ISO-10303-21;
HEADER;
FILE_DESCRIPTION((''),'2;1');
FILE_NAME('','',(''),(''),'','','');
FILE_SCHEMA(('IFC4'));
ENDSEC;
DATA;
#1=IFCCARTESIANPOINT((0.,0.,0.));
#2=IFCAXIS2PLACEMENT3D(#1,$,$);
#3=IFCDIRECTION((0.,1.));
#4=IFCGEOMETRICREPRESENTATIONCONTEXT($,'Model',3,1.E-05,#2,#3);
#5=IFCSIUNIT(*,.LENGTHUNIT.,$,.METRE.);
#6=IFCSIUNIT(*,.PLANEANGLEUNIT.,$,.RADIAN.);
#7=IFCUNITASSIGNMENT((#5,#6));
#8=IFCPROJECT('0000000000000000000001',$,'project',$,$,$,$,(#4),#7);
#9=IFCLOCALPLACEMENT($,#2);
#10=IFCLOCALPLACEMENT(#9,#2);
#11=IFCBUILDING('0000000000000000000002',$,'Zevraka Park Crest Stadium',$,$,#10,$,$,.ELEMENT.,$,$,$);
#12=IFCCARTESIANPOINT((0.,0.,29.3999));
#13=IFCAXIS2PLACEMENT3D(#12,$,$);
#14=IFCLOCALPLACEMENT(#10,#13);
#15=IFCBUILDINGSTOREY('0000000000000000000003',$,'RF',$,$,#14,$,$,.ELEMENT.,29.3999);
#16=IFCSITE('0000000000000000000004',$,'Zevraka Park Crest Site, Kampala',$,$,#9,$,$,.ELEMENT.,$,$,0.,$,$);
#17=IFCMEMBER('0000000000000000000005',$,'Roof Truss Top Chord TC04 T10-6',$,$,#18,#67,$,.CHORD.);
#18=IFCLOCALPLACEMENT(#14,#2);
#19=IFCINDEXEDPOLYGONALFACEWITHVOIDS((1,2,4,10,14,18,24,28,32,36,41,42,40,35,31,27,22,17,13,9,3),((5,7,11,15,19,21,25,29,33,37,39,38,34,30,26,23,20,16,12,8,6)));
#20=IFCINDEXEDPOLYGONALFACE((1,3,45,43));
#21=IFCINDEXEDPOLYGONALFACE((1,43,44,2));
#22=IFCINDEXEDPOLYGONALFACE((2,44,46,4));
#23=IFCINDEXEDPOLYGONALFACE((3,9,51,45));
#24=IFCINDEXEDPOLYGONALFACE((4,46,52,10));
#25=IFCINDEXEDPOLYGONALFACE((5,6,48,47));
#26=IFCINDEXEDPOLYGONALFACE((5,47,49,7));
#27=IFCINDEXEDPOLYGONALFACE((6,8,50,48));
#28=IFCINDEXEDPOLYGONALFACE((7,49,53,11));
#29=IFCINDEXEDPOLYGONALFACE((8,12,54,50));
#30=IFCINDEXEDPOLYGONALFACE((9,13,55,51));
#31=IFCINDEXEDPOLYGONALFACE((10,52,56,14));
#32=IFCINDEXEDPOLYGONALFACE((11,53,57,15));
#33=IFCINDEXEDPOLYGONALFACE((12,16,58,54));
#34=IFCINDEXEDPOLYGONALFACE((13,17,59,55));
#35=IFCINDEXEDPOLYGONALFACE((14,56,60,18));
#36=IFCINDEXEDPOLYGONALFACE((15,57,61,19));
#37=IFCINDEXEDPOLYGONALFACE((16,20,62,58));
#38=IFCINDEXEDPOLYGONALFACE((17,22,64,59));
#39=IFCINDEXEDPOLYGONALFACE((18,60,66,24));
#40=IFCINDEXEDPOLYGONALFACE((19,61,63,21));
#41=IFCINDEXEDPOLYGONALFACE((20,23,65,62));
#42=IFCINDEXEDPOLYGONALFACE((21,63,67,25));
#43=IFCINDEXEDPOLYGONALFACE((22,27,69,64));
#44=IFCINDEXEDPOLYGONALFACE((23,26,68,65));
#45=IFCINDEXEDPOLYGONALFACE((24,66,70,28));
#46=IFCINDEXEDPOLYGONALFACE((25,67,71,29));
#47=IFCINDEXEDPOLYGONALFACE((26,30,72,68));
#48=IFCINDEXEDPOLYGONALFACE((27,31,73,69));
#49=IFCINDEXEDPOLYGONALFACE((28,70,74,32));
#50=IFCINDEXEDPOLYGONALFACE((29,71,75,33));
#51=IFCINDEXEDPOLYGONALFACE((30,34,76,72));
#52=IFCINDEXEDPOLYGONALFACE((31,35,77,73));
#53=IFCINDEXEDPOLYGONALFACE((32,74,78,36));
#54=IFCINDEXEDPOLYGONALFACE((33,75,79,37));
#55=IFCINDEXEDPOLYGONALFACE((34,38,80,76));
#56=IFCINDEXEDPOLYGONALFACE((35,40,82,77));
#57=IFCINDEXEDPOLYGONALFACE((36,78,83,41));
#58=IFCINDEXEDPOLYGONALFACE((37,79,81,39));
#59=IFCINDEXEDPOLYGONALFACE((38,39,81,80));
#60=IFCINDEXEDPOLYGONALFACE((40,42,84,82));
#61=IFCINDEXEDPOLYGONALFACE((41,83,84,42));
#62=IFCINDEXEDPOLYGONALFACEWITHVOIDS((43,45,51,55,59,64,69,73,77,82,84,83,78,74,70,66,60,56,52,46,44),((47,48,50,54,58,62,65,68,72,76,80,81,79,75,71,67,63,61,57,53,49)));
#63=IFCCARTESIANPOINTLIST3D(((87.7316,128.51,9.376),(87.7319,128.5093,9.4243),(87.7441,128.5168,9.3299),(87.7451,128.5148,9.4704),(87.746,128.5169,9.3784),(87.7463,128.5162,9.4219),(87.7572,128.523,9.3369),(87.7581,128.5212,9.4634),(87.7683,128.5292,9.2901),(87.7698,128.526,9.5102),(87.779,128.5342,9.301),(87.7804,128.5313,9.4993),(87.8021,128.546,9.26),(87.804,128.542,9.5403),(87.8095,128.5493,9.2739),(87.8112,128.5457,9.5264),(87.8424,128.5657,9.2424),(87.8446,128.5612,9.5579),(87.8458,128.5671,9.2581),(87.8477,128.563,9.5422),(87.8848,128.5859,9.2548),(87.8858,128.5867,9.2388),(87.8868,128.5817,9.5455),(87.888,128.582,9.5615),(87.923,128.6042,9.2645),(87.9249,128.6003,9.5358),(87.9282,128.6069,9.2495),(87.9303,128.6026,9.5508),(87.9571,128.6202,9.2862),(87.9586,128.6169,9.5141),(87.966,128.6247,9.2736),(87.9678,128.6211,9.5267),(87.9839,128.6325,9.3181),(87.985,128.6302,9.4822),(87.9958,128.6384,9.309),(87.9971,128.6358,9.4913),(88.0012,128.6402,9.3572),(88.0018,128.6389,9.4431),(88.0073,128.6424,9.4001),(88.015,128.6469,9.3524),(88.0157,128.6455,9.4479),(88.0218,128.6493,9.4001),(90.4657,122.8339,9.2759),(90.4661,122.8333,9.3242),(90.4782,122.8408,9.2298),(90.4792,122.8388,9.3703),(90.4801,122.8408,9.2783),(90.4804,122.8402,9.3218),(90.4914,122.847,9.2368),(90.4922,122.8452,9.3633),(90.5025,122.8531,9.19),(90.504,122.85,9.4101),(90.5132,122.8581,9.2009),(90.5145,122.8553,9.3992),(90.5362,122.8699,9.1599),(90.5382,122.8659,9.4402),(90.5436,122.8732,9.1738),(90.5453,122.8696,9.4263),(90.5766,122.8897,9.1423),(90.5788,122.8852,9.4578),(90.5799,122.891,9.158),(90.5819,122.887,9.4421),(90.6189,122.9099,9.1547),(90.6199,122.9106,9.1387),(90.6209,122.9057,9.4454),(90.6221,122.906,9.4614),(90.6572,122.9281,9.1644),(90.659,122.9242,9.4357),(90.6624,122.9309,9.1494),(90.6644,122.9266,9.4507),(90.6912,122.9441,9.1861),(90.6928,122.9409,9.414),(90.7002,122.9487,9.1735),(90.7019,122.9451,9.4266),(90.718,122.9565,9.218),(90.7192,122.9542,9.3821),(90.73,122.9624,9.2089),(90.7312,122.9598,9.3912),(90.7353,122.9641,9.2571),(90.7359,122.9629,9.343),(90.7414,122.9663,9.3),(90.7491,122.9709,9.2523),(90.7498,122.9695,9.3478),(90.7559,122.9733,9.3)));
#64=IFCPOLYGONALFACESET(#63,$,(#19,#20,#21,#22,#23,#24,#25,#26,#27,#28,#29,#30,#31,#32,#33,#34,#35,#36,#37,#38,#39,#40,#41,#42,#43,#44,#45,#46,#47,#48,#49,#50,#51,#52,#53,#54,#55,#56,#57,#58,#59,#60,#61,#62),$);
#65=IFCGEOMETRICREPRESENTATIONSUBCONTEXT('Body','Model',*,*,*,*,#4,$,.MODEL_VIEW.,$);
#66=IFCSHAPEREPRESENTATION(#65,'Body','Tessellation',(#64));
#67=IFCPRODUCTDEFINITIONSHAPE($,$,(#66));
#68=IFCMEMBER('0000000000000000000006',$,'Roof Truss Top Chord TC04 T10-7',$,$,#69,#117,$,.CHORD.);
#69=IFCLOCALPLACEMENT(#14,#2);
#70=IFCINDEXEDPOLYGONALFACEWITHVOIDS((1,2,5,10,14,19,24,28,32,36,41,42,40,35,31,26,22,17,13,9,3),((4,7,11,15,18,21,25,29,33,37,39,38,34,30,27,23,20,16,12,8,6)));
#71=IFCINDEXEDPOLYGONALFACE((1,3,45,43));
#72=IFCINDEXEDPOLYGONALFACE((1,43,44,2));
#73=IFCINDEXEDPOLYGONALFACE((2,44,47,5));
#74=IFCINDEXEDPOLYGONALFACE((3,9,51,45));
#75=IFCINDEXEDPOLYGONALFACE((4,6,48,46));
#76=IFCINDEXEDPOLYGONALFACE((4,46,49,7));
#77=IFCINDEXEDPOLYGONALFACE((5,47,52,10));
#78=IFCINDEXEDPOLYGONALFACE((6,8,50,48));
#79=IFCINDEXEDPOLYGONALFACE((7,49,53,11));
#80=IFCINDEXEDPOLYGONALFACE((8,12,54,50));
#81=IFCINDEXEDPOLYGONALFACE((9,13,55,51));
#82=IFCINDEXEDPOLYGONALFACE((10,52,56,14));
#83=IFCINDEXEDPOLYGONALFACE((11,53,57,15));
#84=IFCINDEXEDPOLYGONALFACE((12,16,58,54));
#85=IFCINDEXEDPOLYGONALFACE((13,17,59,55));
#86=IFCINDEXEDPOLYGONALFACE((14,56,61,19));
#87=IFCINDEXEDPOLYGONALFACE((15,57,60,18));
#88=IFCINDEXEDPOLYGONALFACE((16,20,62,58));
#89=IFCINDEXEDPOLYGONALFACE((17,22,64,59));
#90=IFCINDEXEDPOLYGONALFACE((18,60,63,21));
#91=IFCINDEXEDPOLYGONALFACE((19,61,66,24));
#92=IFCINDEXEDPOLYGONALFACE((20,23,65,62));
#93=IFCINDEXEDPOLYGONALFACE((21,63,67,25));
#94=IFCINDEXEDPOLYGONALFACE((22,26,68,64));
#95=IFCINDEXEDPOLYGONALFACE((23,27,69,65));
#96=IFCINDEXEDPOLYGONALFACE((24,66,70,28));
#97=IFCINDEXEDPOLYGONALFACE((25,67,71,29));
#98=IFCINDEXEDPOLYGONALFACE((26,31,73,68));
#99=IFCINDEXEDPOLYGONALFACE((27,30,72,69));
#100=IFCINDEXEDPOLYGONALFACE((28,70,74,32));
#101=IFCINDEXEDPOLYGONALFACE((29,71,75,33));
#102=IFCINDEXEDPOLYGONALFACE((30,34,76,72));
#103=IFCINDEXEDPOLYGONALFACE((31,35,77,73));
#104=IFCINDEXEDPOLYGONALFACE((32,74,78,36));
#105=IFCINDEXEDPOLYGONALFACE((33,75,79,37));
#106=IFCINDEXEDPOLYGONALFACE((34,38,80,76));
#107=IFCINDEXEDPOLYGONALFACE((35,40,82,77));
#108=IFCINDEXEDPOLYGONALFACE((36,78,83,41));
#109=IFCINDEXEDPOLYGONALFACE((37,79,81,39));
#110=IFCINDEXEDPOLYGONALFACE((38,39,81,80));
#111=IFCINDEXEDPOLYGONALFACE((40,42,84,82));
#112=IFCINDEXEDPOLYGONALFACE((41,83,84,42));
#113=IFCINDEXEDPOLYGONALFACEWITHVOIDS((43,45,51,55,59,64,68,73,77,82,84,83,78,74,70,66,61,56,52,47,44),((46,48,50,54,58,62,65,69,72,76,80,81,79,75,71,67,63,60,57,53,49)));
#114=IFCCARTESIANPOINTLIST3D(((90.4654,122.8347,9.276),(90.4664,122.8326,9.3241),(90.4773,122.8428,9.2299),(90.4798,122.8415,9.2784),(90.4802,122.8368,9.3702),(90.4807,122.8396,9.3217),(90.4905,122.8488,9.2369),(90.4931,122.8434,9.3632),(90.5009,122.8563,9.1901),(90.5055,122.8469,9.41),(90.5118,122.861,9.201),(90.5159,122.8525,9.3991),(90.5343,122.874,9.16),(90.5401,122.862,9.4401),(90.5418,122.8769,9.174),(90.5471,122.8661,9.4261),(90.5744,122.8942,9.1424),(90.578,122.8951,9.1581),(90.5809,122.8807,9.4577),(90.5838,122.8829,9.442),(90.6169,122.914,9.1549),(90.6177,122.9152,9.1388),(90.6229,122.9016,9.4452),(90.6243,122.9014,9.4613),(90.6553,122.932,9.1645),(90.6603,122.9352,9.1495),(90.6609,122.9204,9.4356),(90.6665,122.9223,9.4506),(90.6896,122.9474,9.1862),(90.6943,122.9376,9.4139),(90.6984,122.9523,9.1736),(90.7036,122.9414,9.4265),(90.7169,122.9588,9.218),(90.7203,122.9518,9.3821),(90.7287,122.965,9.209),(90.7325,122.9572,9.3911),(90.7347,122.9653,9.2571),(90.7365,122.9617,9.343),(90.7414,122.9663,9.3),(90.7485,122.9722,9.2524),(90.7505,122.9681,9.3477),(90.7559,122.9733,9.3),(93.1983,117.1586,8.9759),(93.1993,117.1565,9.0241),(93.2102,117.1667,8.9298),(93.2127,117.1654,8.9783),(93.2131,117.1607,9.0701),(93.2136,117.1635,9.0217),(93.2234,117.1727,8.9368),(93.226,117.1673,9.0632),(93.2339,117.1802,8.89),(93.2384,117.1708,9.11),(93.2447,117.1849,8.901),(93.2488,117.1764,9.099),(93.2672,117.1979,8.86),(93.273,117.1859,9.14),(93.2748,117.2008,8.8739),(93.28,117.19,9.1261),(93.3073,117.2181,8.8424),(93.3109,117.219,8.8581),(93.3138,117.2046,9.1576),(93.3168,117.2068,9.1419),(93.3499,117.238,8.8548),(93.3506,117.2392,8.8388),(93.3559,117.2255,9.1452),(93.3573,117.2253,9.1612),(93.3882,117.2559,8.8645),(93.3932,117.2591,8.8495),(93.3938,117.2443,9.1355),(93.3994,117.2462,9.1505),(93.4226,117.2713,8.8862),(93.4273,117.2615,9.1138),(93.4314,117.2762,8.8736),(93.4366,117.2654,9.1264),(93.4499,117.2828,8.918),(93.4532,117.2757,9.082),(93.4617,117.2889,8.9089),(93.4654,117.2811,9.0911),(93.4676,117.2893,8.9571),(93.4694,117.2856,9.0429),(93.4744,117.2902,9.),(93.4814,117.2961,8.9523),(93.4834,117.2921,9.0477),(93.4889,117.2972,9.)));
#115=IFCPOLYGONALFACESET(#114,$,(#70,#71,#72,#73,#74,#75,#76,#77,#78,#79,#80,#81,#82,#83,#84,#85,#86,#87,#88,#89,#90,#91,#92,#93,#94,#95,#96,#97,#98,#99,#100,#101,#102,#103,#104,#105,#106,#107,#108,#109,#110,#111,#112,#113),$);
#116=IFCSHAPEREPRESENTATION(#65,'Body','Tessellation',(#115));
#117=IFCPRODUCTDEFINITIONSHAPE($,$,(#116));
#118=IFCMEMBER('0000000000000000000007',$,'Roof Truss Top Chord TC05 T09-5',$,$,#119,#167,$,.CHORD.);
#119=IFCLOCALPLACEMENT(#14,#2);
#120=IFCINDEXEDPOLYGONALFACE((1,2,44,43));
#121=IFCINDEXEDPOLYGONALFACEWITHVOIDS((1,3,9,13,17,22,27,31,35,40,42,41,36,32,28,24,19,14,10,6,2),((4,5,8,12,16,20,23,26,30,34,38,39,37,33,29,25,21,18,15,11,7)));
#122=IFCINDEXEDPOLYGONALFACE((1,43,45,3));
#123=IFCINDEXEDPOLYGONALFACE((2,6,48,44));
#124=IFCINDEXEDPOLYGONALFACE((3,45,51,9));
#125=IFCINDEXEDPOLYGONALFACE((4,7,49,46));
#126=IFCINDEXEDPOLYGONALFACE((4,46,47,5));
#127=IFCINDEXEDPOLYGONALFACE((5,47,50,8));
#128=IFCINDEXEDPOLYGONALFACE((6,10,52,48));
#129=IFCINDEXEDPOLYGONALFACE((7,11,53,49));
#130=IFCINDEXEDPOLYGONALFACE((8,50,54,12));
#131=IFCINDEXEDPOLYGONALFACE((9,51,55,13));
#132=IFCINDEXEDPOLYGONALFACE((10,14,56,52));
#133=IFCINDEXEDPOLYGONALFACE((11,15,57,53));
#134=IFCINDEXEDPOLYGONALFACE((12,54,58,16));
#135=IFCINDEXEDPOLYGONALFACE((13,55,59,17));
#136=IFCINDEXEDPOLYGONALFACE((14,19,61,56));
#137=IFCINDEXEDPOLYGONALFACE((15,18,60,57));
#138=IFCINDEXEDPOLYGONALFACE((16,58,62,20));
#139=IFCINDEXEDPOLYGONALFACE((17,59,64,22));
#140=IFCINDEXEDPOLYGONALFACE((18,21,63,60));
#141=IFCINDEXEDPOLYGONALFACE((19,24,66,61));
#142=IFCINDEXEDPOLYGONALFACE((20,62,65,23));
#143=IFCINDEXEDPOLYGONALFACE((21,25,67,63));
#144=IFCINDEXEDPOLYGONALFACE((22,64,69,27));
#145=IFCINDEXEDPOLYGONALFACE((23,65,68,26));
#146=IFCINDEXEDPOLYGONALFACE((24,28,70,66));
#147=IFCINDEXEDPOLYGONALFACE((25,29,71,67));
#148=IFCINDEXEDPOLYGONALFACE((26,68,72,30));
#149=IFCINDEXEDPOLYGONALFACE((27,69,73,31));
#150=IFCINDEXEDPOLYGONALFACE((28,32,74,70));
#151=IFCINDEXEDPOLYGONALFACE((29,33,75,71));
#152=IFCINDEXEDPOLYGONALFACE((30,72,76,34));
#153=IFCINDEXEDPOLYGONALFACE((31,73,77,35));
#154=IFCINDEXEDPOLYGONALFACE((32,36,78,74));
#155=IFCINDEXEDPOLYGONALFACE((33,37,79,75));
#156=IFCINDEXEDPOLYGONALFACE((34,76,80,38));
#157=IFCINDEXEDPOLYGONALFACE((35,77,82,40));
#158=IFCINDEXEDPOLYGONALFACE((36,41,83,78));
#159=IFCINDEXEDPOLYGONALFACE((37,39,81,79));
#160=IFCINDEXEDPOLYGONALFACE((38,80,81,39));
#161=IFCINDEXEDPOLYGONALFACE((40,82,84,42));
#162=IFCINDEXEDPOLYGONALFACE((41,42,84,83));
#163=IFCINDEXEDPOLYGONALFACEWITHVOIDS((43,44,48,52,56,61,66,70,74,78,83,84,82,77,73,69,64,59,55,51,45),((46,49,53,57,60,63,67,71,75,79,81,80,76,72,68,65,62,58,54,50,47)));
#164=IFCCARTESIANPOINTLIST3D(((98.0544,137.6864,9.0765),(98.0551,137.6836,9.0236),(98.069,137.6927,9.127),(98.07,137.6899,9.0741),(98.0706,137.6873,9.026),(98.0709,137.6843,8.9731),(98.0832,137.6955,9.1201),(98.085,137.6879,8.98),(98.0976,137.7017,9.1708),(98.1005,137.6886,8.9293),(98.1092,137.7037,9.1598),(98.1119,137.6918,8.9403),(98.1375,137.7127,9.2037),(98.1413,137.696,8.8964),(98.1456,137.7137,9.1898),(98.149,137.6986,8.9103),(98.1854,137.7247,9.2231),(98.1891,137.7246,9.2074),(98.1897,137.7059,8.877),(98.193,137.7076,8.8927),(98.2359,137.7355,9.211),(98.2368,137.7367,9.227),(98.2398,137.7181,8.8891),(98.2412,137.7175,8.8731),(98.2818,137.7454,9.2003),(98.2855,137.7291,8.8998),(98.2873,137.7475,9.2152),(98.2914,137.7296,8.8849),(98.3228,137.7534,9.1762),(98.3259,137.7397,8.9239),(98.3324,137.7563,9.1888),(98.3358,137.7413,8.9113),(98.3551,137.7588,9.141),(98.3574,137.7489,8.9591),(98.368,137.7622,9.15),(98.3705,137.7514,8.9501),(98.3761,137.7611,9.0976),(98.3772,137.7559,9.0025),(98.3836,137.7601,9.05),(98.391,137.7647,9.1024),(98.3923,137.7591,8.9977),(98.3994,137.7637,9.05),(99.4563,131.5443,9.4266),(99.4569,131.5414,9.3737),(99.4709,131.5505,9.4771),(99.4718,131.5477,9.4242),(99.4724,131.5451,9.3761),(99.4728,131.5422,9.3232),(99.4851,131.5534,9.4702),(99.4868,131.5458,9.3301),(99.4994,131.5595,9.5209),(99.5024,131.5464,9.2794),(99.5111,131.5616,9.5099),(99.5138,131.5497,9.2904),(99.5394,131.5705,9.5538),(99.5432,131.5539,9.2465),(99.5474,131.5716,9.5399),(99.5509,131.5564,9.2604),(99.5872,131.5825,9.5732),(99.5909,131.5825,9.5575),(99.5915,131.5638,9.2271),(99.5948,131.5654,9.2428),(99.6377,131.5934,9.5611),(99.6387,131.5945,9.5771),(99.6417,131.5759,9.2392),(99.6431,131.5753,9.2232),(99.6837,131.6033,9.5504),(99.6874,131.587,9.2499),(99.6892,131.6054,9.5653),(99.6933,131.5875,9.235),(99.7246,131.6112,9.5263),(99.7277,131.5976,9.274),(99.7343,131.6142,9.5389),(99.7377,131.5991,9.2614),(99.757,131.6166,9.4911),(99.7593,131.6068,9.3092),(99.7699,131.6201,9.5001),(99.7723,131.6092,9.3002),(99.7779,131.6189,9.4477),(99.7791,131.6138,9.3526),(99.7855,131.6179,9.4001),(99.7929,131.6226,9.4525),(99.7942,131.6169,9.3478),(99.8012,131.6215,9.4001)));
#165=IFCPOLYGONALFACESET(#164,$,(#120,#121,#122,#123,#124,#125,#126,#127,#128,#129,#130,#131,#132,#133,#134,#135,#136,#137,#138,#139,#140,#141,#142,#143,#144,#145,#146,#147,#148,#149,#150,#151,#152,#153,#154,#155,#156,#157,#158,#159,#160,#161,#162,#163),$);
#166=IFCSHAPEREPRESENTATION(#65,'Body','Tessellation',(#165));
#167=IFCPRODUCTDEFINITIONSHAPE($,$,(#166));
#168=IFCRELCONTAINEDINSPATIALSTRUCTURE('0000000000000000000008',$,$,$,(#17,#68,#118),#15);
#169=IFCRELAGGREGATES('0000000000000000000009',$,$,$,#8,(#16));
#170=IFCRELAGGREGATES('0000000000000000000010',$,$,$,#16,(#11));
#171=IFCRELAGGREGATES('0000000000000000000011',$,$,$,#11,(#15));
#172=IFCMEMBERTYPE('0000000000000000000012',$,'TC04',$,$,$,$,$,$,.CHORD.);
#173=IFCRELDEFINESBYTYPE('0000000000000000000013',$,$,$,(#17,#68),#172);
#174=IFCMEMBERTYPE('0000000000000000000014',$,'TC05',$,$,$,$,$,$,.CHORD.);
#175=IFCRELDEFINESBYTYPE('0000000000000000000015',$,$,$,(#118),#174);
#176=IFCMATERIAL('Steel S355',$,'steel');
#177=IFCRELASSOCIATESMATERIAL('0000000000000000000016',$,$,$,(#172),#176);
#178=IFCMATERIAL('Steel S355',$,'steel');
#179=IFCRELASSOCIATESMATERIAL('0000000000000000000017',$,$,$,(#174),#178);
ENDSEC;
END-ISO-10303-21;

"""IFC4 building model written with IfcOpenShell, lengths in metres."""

from ifc_helpers import new_model, si_unit, direction, frame, origin, origin_2d, place, context, subcontext, project, spatial, hollow_circle, extrude, material, material_profile, profile_set, type_object, element, save


model = new_model("IFC4")

# Units and contexts
model_context = context("Model", 3, precision=1e-05, world=origin(), true_north=direction((0.0, 1.0)))
body_context = subcontext(model_context, "Body", "Model", "MODEL_VIEW")
ifc_project = project(units=[si_unit("LENGTHUNIT", "METRE"), si_unit("PLANEANGLEUNIT", "RADIAN")], contexts=[model_context])

# Site, building, storey
site_placement = place(None, origin())
site = spatial("IfcSite", under=ifc_project, at=site_placement, Name="Zevraka Park Crest Site, Kampala", CompositionType="ELEMENT", RefElevation=0.0)
building_placement = place(site_placement, origin())
building = spatial("IfcBuilding", under=site, at=building_placement, Name="Zevraka Park Crest Stadium", CompositionType="ELEMENT")
storey_placement = place(building_placement, frame((0.0, 0.0, 29.3999)))
storey = spatial("IfcBuildingStorey", under=building, at=storey_placement, Name="RF", CompositionType="ELEMENT", Elevation=29.3999)

# Members
ifc_material_1 = material(Name="Steel S355", Category="steel")
ifc_material_profile_1 = material_profile(ifc_material_1, hollow_circle(Radius=0.1619, WallThickness=0.0161, at=origin_2d()), Name="CHS 323.9x16")
ifc_profile_set_1 = profile_set([ifc_material_profile_1], Name="Steel S355")
member_type_1 = type_object("IfcMemberType", Name="TC04", PredefinedType="CHORD", material=ifc_profile_set_1)
member_1_placement = place(storey_placement, frame((87.876, 128.5791, 9.4001), z_axis=(0.433919, -0.900812, -0.015886), x_axis=(0.900925, 0.433974, 0.0)))
element("IfcMember", 1, at=member_1_placement, inside=storey, type_object=member_type_1, Name="Roof Truss Top Chord TC04 T10-6", PredefinedType="CHORD", context=body_context, shape_type="SweptSolid", body=[
    extrude(hollow_circle(Radius=0.1619, WallThickness=0.0161, at=origin_2d()), origin(), (0.0, 0.0, 1.0), 6.301),
])
member_2_placement = place(storey_placement, frame((90.6101, 122.9031, 9.3), z_axis=(0.433326, -0.899981, -0.047575), x_axis=(0.901001, 0.433817, 0.0)))
element("IfcMember", 2, at=member_2_placement, inside=storey, type_object=member_type_1, Name="Roof Truss Top Chord TC04 T10-7", PredefinedType="CHORD", context=body_context, shape_type="SweptSolid", body=[
    extrude(hollow_circle(Radius=0.1619, WallThickness=0.0161, at=origin_2d()), origin(), (0.0, 0.0, 1.0), 6.3069),
])
ifc_material_2 = material(Name="Steel S355", Category="steel")
ifc_material_profile_2 = material_profile(ifc_material_2, hollow_circle(Radius=0.1777, WallThickness=0.0161, at=origin_2d()), Name="CHS 355.6x16")
ifc_profile_set_2 = profile_set([ifc_material_profile_2], Name="Steel S355")
member_type_2 = type_object("IfcMemberType", Name="TC05", PredefinedType="CHORD", material=ifc_profile_set_2)
member_3_placement = place(storey_placement, frame((98.2261, 137.7241, 9.05), z_axis=(0.222173, -0.973427, 0.055485), x_axis=(0.974929, 0.222515, 0.0)))
element("IfcMember", 3, at=member_3_placement, inside=storey, type_object=member_type_2, Name="Roof Truss Top Chord TC05 T09-5", PredefinedType="CHORD", context=body_context, shape_type="SweptSolid", body=[
    extrude(hollow_circle(Radius=0.1777, WallThickness=0.0161, at=origin_2d()), origin(), (0.0, 0.0, 1.0), 6.3098),
])

save(model, "model.ifc")
